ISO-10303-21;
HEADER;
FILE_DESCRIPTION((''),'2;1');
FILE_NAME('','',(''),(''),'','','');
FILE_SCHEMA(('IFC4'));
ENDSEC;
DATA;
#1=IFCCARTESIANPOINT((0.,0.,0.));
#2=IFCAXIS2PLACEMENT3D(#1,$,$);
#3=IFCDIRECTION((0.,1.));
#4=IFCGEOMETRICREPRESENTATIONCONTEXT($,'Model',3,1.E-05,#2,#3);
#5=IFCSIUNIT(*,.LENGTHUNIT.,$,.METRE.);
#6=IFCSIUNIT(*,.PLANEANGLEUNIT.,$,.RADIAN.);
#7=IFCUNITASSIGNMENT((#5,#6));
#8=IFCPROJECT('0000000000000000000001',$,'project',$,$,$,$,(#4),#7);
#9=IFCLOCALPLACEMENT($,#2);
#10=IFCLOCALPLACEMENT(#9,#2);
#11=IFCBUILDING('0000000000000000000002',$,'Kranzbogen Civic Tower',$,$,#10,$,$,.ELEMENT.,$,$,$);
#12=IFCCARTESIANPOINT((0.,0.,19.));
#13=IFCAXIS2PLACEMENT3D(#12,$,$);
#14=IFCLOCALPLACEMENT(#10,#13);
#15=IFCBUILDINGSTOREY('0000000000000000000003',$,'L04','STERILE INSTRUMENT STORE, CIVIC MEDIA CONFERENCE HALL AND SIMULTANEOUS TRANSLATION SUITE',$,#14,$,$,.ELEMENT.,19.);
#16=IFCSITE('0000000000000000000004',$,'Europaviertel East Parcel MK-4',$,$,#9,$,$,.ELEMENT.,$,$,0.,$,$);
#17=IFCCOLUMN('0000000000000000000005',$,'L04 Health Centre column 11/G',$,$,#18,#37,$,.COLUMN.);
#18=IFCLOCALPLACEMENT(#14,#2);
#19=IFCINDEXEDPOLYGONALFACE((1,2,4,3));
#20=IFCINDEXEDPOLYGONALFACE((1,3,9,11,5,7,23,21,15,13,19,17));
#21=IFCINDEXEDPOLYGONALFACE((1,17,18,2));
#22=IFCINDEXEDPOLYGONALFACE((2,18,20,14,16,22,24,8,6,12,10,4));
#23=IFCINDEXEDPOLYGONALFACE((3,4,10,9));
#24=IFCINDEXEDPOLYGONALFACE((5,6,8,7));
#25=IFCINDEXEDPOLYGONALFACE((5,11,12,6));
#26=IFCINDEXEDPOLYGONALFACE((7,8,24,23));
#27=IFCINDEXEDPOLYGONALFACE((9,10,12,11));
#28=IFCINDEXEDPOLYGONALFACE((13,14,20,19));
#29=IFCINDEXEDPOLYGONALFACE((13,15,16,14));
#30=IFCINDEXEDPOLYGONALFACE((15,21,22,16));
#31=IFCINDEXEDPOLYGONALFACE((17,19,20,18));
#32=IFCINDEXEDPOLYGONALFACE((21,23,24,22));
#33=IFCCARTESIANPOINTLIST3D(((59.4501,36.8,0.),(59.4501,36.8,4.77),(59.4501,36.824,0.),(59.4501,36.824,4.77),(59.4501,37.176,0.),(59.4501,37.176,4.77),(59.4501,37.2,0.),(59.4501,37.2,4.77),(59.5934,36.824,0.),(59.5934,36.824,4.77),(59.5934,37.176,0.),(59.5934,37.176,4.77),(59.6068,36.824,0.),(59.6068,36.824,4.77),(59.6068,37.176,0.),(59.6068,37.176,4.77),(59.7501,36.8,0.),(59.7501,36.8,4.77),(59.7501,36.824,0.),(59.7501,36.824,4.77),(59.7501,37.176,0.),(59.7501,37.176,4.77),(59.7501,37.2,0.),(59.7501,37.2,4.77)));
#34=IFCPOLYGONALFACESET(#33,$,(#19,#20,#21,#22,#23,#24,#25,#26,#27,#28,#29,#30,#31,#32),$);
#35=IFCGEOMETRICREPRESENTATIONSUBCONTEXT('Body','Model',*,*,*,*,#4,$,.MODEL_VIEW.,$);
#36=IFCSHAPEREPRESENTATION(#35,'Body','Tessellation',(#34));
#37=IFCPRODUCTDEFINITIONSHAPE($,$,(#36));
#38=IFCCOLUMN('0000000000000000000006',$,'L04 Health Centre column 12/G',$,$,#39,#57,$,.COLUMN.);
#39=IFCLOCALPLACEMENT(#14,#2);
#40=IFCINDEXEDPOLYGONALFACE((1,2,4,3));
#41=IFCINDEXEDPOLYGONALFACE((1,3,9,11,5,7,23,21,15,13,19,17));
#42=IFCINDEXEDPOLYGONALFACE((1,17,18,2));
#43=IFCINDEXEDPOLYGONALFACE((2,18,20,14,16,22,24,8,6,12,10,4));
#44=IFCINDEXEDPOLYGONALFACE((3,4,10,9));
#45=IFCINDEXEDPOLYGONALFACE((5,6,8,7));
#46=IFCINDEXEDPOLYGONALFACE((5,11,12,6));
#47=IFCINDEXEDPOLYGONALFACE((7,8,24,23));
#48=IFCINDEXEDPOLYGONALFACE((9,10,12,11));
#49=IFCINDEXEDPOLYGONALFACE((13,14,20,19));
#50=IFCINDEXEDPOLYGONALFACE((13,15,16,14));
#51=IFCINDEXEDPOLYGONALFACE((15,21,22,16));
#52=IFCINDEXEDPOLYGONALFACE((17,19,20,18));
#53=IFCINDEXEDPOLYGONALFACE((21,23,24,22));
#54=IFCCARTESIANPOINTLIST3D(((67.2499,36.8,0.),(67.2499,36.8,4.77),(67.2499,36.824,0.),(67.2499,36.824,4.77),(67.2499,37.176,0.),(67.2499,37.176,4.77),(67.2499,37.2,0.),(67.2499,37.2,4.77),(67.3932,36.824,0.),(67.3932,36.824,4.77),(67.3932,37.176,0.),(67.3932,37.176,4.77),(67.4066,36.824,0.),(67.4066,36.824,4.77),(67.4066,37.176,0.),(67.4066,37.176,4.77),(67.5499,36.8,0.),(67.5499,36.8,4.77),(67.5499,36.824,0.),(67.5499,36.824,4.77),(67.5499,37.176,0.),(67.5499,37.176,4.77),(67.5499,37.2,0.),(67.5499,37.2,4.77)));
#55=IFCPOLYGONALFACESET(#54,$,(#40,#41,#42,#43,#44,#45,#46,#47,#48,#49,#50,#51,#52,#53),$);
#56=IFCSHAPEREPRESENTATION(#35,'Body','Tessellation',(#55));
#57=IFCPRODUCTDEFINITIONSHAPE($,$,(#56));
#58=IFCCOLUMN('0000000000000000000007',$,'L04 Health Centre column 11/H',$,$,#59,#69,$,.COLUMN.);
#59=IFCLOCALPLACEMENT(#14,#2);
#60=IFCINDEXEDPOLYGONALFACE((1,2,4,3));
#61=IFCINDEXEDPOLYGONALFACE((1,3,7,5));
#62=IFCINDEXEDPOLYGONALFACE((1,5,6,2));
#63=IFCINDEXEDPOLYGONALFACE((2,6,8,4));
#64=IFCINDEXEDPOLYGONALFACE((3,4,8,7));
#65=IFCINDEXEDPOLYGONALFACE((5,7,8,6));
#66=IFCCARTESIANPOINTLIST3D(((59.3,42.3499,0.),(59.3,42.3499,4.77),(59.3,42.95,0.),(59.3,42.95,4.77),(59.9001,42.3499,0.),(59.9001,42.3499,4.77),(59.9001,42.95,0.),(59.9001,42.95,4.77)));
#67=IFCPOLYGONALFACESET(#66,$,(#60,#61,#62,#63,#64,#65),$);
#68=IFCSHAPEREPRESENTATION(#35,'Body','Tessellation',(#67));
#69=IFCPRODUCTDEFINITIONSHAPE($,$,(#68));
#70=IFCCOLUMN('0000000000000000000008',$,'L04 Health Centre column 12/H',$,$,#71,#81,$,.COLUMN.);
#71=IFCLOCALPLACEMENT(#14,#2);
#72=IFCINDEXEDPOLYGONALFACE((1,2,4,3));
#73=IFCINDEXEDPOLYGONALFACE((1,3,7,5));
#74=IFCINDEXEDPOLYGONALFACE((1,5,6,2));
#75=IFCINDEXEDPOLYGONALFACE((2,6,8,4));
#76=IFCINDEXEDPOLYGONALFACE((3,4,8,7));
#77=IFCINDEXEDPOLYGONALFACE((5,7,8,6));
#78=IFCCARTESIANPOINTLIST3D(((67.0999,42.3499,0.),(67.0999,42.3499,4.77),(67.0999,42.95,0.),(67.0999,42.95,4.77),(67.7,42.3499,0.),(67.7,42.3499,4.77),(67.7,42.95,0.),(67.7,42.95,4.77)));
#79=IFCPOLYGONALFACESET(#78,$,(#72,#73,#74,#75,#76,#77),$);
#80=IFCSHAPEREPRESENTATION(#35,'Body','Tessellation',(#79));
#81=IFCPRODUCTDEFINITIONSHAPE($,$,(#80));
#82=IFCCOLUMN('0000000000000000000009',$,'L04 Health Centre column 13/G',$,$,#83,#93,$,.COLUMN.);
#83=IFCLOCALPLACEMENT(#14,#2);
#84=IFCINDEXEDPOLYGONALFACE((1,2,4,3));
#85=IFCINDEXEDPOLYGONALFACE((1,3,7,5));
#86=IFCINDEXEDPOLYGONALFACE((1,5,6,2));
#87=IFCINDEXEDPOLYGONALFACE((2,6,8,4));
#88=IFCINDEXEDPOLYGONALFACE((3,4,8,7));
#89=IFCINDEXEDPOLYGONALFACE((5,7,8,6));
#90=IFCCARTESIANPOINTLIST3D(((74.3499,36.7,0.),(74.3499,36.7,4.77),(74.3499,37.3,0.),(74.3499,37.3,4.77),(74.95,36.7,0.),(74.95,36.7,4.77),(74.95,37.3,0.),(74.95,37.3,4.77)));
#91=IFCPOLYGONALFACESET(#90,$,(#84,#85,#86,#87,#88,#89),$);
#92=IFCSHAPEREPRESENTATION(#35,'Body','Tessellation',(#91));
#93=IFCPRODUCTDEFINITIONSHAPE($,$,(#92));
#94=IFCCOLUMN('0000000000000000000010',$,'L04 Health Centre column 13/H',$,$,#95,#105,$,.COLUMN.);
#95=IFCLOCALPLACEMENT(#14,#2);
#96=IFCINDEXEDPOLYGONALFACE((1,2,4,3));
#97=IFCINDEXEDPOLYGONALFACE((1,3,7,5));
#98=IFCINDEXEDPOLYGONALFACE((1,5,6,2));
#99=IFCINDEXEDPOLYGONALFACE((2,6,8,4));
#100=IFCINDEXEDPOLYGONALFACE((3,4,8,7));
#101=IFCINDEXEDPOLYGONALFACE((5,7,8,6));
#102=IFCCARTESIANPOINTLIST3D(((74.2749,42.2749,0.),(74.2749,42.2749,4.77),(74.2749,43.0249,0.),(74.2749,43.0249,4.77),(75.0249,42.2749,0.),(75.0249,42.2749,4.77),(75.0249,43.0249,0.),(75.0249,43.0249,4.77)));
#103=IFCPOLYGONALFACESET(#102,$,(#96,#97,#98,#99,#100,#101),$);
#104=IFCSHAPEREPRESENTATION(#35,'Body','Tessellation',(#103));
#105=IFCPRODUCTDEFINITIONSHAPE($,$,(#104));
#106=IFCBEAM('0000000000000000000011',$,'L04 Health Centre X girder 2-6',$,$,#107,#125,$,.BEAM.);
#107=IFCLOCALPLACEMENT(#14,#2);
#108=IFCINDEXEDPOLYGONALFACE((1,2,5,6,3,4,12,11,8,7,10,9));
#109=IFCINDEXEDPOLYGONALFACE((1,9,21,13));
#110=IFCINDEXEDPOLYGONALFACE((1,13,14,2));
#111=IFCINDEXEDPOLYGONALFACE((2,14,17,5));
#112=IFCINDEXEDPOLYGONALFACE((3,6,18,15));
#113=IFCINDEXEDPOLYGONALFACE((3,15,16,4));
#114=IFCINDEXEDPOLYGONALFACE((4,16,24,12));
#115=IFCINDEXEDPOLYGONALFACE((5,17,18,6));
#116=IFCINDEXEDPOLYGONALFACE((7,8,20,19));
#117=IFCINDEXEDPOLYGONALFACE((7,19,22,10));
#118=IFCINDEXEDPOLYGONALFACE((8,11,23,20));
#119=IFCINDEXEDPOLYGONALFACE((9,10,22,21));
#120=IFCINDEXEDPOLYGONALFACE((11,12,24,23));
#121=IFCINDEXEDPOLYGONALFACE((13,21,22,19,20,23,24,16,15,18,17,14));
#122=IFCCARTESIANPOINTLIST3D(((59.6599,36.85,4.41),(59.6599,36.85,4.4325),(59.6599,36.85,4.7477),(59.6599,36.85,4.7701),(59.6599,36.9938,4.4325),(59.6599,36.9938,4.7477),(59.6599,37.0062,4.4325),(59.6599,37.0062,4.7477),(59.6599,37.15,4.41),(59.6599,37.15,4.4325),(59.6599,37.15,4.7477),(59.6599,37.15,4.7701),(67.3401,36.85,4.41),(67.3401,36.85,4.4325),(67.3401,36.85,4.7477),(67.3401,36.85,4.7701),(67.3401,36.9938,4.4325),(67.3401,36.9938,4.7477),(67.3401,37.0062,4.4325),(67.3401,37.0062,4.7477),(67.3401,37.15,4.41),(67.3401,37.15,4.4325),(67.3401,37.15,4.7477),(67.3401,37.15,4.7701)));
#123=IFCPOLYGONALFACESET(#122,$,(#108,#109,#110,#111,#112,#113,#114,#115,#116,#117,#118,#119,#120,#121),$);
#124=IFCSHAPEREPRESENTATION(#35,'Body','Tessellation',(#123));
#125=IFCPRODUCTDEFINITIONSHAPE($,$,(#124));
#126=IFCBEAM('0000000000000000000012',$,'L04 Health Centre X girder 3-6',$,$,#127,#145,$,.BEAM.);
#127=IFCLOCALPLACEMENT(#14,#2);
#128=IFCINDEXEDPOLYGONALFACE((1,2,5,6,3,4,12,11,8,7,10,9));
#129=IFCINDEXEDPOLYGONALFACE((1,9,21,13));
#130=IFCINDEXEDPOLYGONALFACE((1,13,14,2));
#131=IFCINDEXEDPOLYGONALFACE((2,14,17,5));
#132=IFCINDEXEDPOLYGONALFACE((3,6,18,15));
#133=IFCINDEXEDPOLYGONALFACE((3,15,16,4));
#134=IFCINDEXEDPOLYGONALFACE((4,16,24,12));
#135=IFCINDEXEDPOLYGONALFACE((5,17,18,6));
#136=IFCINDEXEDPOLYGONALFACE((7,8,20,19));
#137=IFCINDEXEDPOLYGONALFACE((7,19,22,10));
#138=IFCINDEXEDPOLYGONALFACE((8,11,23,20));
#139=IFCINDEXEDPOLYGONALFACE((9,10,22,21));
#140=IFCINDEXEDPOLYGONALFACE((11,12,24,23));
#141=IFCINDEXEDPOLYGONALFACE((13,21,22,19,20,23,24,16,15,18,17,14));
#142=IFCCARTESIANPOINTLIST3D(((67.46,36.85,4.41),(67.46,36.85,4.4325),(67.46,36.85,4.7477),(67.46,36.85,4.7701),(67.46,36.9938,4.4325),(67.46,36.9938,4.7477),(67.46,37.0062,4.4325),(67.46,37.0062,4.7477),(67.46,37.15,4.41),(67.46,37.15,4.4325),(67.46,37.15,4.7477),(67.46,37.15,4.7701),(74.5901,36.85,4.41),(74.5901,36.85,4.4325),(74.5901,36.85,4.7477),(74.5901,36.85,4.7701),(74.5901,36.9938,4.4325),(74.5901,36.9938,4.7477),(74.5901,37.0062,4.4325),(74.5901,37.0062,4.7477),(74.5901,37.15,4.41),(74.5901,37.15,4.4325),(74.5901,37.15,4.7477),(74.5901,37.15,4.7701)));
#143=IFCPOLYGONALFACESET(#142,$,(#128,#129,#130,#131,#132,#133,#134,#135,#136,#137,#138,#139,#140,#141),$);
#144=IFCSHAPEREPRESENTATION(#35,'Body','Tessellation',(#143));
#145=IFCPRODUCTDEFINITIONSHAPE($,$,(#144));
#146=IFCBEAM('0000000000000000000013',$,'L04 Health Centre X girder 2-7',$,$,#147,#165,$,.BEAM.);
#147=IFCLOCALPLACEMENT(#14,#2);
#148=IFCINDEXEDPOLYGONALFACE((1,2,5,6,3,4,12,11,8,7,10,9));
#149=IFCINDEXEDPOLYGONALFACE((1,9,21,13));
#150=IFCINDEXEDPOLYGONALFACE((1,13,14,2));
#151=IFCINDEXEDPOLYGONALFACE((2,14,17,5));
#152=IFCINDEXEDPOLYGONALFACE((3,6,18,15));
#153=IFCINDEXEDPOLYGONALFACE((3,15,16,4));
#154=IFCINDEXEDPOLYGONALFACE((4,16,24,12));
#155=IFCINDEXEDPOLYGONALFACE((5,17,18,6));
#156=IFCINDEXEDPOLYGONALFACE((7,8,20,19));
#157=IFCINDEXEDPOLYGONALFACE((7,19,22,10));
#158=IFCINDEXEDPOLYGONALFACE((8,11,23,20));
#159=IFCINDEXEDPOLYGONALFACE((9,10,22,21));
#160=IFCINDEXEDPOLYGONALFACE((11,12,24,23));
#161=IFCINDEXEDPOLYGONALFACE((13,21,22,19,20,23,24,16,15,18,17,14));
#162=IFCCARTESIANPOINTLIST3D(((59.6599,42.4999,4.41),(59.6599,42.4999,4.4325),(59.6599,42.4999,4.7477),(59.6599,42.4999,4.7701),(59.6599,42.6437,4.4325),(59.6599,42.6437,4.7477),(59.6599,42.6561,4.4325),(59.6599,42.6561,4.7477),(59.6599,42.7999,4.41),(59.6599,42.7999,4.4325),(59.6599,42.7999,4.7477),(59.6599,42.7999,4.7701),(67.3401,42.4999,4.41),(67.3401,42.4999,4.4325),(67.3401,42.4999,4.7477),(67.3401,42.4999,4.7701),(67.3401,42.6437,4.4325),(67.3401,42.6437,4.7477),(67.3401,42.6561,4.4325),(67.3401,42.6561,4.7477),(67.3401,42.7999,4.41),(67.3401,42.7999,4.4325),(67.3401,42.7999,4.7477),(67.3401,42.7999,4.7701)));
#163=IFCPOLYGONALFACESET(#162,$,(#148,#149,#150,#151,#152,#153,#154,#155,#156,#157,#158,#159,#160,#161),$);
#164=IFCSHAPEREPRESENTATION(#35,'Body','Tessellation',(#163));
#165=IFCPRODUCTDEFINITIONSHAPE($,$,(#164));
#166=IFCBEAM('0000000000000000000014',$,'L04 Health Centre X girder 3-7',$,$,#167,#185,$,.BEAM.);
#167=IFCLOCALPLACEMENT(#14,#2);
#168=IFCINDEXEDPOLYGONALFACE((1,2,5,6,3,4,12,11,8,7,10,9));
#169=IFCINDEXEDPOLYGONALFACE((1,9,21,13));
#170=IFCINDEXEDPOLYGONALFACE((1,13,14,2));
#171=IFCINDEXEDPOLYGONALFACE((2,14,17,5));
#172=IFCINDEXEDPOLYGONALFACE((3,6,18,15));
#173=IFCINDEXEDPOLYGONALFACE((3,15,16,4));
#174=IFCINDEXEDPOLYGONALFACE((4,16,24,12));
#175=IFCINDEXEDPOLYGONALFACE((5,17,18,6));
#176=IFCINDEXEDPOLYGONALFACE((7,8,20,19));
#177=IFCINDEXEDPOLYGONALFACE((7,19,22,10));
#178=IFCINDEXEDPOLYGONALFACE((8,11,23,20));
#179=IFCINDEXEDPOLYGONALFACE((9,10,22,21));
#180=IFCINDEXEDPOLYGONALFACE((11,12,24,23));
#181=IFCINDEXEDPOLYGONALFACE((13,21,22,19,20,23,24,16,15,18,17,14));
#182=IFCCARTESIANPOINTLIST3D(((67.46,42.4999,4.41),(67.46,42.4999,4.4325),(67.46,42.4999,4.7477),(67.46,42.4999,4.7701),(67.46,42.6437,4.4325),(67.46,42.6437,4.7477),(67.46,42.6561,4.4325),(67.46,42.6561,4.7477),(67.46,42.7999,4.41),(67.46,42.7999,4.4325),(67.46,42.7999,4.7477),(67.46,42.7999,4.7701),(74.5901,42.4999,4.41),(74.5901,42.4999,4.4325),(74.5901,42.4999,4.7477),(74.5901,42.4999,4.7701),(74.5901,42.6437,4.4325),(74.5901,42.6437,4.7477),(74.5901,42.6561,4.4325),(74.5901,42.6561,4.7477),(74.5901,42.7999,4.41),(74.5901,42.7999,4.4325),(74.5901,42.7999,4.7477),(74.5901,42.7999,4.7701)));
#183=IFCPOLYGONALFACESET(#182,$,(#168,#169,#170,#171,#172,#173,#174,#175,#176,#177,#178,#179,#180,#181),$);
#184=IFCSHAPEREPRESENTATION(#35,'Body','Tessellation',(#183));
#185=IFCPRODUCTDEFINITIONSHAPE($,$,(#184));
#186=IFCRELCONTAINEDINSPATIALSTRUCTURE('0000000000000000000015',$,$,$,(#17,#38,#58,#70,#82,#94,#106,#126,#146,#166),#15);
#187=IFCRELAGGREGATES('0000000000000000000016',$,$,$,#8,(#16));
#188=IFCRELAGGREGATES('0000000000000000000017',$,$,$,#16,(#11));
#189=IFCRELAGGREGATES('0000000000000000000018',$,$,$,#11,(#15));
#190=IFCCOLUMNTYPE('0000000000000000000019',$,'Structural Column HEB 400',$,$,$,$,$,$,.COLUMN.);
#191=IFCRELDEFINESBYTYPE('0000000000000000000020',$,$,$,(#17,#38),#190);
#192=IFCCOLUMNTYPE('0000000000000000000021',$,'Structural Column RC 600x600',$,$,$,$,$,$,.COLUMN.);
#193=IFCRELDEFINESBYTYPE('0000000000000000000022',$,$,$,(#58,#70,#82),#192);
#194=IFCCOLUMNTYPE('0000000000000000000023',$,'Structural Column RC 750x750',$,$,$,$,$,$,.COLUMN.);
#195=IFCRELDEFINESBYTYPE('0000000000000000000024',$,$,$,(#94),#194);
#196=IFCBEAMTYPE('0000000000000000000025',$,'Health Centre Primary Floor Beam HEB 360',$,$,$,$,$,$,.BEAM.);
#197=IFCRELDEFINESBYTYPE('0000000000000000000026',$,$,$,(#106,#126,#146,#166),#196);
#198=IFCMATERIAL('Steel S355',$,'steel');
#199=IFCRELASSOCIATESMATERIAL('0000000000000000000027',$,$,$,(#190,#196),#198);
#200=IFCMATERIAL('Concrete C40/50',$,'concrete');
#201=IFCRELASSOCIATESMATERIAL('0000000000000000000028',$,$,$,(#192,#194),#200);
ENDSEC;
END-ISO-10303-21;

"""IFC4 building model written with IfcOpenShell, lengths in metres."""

from ifc_helpers import new_model, si_unit, direction, frame, origin, origin_2d, place, context, subcontext, project, spatial, rectangle, i_section, extrude, material, material_profile, profile_set, type_object, element, save


model = new_model("IFC4")

# Units and contexts
model_context = context("Model", 3, precision=1e-05, world=origin(), true_north=direction((0.0, 1.0)))
body_context = subcontext(model_context, "Body", "Model", "MODEL_VIEW")
ifc_project = project(units=[si_unit("LENGTHUNIT", "METRE"), si_unit("PLANEANGLEUNIT", "RADIAN")], contexts=[model_context])

# Site, building, storey
site_placement = place(None, origin())
site = spatial("IfcSite", under=ifc_project, at=site_placement, Name="Europaviertel East Parcel MK-4", CompositionType="ELEMENT", RefElevation=0.0)
building_placement = place(site_placement, origin())
building = spatial("IfcBuilding", under=site, at=building_placement, Name="Kranzbogen Civic Tower", CompositionType="ELEMENT")
storey_placement = place(building_placement, frame((0.0, 0.0, 19.0)))
storey = spatial("IfcBuildingStorey", under=building, at=storey_placement, Name="L04", Description="STERILE INSTRUMENT STORE, CIVIC MEDIA CONFERENCE HALL AND SIMULTANEOUS TRANSLATION SUITE", CompositionType="ELEMENT", Elevation=19.0)

# Columns
ifc_material_1 = material(Name="Steel S355", Category="steel")
ifc_material_profile_1 = material_profile(ifc_material_1, i_section(OverallWidth=0.3, OverallDepth=0.3999, WebThickness=0.0134, FlangeThickness=0.0239, at=origin_2d()), Name="HEB 400")
ifc_profile_set_1 = profile_set([ifc_material_profile_1], Name="Steel S355")
column_type_1 = type_object("IfcColumnType", Name="Structural Column HEB 400", PredefinedType="COLUMN", material=ifc_profile_set_1)
for number, where, z_axis, x_axis, name in (
    (1, (59.6001, 37.0, 0.0), (0.0, 0.0, 1.0), (1.0, 0.0, 0.0), "L04 Health Centre column 11/G"),
    (2, (67.3999, 37.0, 0.0), (0.0, 0.0, 1.0), (1.0, 0.0, 0.0), "L04 Health Centre column 12/G"),
):
    element("IfcColumn", number, at=place(storey_placement, frame(where, z_axis=z_axis, x_axis=x_axis)), inside=storey, type_object=column_type_1, Name=name, PredefinedType="COLUMN", context=body_context, shape_type="SweptSolid", body=[
        extrude(i_section(OverallWidth=0.3, OverallDepth=0.3999, WebThickness=0.0134, FlangeThickness=0.0239, at=origin_2d()), origin(), (0.0, 0.0, 1.0), 4.77),
    ])
ifc_material_2 = material(Name="Concrete C40/50", Category="concrete")
ifc_material_profile_2 = material_profile(ifc_material_2, rectangle(XDim=0.6001, YDim=0.6001, at=origin_2d()), Name="RC 600x600")
ifc_profile_set_2 = profile_set([ifc_material_profile_2], Name="Concrete C40/50")
column_type_2 = type_object("IfcColumnType", Name="Structural Column RC 600x600", PredefinedType="COLUMN", material=ifc_profile_set_2)
for number, where, z_axis, x_axis, name in (
    (3, (59.6001, 42.6499, 0.0), (0.0, 0.0, 1.0), (1.0, 0.0, 0.0), "L04 Health Centre column 11/H"),
    (4, (67.3999, 42.6499, 0.0), (0.0, 0.0, 1.0), (1.0, 0.0, 0.0), "L04 Health Centre column 12/H"),
    (5, (74.6499, 37.0, 0.0), (0.0, 0.0, 1.0), (1.0, 0.0, 0.0), "L04 Health Centre column 13/G"),
):
    element("IfcColumn", number, at=place(storey_placement, frame(where, z_axis=z_axis, x_axis=x_axis)), inside=storey, type_object=column_type_2, Name=name, PredefinedType="COLUMN", context=body_context, shape_type="SweptSolid", body=[
        extrude(rectangle(XDim=0.6001, YDim=0.6001, at=origin_2d()), origin(), (0.0, 0.0, 1.0), 4.77),
    ])
ifc_material_profile_3 = material_profile(ifc_material_2, rectangle(XDim=0.75, YDim=0.75, at=origin_2d()), Name="RC 750x750")
ifc_profile_set_3 = profile_set([ifc_material_profile_3], Name="Concrete C40/50")
column_type_3 = type_object("IfcColumnType", Name="Structural Column RC 750x750", PredefinedType="COLUMN", material=ifc_profile_set_3)
column_placement = place(storey_placement, frame((74.6499, 42.6499, 0.0), z_axis=(0.0, 0.0, 1.0), x_axis=(1.0, 0.0, 0.0)))
element("IfcColumn", 6, at=column_placement, inside=storey, type_object=column_type_3, Name="L04 Health Centre column 13/H", PredefinedType="COLUMN", context=body_context, shape_type="SweptSolid", body=[
    extrude(rectangle(XDim=0.75, YDim=0.75, at=origin_2d()), origin(), (0.0, 0.0, 1.0), 4.77),
])

# Beams
ifc_material_profile_4 = material_profile(ifc_material_1, i_section(OverallWidth=0.3, OverallDepth=0.3601, WebThickness=0.0125, FlangeThickness=0.0225, at=origin_2d()), Name="HEB 360")
ifc_profile_set_4 = profile_set([ifc_material_profile_4], Name="Steel S355")
beam_type_1 = type_object("IfcBeamType", Name="Health Centre Primary Floor Beam HEB 360", PredefinedType="BEAM", material=ifc_profile_set_4)
beam_1_placement = place(storey_placement, frame((59.6599, 37.0, 4.5901), z_axis=(1.0, 0.0, 0.0), x_axis=(0.0, 1.0, 0.0)))
element("IfcBeam", 7, at=beam_1_placement, inside=storey, type_object=beam_type_1, Name="L04 Health Centre X girder 2-6", PredefinedType="BEAM", context=body_context, shape_type="SweptSolid", body=[
    extrude(i_section(OverallWidth=0.3, OverallDepth=0.3601, WebThickness=0.0125, FlangeThickness=0.0225, at=origin_2d()), origin(), (0.0, 0.0, 1.0), 7.6802),
])
beam_2_placement = place(storey_placement, frame((67.46, 37.0, 4.5901), z_axis=(1.0, 0.0, 0.0), x_axis=(0.0, 1.0, 0.0)))
element("IfcBeam", 8, at=beam_2_placement, inside=storey, type_object=beam_type_1, Name="L04 Health Centre X girder 3-6", PredefinedType="BEAM", context=body_context, shape_type="SweptSolid", body=[
    extrude(i_section(OverallWidth=0.3, OverallDepth=0.3601, WebThickness=0.0125, FlangeThickness=0.0225, at=origin_2d()), origin(), (0.0, 0.0, 1.0), 7.1301),
])
beam_3_placement = place(storey_placement, frame((59.6599, 42.6499, 4.5901), z_axis=(1.0, 0.0, 0.0), x_axis=(0.0, 1.0, 0.0)))
element("IfcBeam", 9, at=beam_3_placement, inside=storey, type_object=beam_type_1, Name="L04 Health Centre X girder 2-7", PredefinedType="BEAM", context=body_context, shape_type="SweptSolid", body=[
    extrude(i_section(OverallWidth=0.3, OverallDepth=0.3601, WebThickness=0.0125, FlangeThickness=0.0225, at=origin_2d()), origin(), (0.0, 0.0, 1.0), 7.6802),
])
beam_4_placement = place(storey_placement, frame((67.46, 42.6499, 4.5901), z_axis=(1.0, 0.0, 0.0), x_axis=(0.0, 1.0, 0.0)))
element("IfcBeam", 10, at=beam_4_placement, inside=storey, type_object=beam_type_1, Name="L04 Health Centre X girder 3-7", PredefinedType="BEAM", context=body_context, shape_type="SweptSolid", body=[
    extrude(i_section(OverallWidth=0.3, OverallDepth=0.3601, WebThickness=0.0125, FlangeThickness=0.0225, at=origin_2d()), origin(), (0.0, 0.0, 1.0), 7.1301),
])

save(model, "model.ifc")
